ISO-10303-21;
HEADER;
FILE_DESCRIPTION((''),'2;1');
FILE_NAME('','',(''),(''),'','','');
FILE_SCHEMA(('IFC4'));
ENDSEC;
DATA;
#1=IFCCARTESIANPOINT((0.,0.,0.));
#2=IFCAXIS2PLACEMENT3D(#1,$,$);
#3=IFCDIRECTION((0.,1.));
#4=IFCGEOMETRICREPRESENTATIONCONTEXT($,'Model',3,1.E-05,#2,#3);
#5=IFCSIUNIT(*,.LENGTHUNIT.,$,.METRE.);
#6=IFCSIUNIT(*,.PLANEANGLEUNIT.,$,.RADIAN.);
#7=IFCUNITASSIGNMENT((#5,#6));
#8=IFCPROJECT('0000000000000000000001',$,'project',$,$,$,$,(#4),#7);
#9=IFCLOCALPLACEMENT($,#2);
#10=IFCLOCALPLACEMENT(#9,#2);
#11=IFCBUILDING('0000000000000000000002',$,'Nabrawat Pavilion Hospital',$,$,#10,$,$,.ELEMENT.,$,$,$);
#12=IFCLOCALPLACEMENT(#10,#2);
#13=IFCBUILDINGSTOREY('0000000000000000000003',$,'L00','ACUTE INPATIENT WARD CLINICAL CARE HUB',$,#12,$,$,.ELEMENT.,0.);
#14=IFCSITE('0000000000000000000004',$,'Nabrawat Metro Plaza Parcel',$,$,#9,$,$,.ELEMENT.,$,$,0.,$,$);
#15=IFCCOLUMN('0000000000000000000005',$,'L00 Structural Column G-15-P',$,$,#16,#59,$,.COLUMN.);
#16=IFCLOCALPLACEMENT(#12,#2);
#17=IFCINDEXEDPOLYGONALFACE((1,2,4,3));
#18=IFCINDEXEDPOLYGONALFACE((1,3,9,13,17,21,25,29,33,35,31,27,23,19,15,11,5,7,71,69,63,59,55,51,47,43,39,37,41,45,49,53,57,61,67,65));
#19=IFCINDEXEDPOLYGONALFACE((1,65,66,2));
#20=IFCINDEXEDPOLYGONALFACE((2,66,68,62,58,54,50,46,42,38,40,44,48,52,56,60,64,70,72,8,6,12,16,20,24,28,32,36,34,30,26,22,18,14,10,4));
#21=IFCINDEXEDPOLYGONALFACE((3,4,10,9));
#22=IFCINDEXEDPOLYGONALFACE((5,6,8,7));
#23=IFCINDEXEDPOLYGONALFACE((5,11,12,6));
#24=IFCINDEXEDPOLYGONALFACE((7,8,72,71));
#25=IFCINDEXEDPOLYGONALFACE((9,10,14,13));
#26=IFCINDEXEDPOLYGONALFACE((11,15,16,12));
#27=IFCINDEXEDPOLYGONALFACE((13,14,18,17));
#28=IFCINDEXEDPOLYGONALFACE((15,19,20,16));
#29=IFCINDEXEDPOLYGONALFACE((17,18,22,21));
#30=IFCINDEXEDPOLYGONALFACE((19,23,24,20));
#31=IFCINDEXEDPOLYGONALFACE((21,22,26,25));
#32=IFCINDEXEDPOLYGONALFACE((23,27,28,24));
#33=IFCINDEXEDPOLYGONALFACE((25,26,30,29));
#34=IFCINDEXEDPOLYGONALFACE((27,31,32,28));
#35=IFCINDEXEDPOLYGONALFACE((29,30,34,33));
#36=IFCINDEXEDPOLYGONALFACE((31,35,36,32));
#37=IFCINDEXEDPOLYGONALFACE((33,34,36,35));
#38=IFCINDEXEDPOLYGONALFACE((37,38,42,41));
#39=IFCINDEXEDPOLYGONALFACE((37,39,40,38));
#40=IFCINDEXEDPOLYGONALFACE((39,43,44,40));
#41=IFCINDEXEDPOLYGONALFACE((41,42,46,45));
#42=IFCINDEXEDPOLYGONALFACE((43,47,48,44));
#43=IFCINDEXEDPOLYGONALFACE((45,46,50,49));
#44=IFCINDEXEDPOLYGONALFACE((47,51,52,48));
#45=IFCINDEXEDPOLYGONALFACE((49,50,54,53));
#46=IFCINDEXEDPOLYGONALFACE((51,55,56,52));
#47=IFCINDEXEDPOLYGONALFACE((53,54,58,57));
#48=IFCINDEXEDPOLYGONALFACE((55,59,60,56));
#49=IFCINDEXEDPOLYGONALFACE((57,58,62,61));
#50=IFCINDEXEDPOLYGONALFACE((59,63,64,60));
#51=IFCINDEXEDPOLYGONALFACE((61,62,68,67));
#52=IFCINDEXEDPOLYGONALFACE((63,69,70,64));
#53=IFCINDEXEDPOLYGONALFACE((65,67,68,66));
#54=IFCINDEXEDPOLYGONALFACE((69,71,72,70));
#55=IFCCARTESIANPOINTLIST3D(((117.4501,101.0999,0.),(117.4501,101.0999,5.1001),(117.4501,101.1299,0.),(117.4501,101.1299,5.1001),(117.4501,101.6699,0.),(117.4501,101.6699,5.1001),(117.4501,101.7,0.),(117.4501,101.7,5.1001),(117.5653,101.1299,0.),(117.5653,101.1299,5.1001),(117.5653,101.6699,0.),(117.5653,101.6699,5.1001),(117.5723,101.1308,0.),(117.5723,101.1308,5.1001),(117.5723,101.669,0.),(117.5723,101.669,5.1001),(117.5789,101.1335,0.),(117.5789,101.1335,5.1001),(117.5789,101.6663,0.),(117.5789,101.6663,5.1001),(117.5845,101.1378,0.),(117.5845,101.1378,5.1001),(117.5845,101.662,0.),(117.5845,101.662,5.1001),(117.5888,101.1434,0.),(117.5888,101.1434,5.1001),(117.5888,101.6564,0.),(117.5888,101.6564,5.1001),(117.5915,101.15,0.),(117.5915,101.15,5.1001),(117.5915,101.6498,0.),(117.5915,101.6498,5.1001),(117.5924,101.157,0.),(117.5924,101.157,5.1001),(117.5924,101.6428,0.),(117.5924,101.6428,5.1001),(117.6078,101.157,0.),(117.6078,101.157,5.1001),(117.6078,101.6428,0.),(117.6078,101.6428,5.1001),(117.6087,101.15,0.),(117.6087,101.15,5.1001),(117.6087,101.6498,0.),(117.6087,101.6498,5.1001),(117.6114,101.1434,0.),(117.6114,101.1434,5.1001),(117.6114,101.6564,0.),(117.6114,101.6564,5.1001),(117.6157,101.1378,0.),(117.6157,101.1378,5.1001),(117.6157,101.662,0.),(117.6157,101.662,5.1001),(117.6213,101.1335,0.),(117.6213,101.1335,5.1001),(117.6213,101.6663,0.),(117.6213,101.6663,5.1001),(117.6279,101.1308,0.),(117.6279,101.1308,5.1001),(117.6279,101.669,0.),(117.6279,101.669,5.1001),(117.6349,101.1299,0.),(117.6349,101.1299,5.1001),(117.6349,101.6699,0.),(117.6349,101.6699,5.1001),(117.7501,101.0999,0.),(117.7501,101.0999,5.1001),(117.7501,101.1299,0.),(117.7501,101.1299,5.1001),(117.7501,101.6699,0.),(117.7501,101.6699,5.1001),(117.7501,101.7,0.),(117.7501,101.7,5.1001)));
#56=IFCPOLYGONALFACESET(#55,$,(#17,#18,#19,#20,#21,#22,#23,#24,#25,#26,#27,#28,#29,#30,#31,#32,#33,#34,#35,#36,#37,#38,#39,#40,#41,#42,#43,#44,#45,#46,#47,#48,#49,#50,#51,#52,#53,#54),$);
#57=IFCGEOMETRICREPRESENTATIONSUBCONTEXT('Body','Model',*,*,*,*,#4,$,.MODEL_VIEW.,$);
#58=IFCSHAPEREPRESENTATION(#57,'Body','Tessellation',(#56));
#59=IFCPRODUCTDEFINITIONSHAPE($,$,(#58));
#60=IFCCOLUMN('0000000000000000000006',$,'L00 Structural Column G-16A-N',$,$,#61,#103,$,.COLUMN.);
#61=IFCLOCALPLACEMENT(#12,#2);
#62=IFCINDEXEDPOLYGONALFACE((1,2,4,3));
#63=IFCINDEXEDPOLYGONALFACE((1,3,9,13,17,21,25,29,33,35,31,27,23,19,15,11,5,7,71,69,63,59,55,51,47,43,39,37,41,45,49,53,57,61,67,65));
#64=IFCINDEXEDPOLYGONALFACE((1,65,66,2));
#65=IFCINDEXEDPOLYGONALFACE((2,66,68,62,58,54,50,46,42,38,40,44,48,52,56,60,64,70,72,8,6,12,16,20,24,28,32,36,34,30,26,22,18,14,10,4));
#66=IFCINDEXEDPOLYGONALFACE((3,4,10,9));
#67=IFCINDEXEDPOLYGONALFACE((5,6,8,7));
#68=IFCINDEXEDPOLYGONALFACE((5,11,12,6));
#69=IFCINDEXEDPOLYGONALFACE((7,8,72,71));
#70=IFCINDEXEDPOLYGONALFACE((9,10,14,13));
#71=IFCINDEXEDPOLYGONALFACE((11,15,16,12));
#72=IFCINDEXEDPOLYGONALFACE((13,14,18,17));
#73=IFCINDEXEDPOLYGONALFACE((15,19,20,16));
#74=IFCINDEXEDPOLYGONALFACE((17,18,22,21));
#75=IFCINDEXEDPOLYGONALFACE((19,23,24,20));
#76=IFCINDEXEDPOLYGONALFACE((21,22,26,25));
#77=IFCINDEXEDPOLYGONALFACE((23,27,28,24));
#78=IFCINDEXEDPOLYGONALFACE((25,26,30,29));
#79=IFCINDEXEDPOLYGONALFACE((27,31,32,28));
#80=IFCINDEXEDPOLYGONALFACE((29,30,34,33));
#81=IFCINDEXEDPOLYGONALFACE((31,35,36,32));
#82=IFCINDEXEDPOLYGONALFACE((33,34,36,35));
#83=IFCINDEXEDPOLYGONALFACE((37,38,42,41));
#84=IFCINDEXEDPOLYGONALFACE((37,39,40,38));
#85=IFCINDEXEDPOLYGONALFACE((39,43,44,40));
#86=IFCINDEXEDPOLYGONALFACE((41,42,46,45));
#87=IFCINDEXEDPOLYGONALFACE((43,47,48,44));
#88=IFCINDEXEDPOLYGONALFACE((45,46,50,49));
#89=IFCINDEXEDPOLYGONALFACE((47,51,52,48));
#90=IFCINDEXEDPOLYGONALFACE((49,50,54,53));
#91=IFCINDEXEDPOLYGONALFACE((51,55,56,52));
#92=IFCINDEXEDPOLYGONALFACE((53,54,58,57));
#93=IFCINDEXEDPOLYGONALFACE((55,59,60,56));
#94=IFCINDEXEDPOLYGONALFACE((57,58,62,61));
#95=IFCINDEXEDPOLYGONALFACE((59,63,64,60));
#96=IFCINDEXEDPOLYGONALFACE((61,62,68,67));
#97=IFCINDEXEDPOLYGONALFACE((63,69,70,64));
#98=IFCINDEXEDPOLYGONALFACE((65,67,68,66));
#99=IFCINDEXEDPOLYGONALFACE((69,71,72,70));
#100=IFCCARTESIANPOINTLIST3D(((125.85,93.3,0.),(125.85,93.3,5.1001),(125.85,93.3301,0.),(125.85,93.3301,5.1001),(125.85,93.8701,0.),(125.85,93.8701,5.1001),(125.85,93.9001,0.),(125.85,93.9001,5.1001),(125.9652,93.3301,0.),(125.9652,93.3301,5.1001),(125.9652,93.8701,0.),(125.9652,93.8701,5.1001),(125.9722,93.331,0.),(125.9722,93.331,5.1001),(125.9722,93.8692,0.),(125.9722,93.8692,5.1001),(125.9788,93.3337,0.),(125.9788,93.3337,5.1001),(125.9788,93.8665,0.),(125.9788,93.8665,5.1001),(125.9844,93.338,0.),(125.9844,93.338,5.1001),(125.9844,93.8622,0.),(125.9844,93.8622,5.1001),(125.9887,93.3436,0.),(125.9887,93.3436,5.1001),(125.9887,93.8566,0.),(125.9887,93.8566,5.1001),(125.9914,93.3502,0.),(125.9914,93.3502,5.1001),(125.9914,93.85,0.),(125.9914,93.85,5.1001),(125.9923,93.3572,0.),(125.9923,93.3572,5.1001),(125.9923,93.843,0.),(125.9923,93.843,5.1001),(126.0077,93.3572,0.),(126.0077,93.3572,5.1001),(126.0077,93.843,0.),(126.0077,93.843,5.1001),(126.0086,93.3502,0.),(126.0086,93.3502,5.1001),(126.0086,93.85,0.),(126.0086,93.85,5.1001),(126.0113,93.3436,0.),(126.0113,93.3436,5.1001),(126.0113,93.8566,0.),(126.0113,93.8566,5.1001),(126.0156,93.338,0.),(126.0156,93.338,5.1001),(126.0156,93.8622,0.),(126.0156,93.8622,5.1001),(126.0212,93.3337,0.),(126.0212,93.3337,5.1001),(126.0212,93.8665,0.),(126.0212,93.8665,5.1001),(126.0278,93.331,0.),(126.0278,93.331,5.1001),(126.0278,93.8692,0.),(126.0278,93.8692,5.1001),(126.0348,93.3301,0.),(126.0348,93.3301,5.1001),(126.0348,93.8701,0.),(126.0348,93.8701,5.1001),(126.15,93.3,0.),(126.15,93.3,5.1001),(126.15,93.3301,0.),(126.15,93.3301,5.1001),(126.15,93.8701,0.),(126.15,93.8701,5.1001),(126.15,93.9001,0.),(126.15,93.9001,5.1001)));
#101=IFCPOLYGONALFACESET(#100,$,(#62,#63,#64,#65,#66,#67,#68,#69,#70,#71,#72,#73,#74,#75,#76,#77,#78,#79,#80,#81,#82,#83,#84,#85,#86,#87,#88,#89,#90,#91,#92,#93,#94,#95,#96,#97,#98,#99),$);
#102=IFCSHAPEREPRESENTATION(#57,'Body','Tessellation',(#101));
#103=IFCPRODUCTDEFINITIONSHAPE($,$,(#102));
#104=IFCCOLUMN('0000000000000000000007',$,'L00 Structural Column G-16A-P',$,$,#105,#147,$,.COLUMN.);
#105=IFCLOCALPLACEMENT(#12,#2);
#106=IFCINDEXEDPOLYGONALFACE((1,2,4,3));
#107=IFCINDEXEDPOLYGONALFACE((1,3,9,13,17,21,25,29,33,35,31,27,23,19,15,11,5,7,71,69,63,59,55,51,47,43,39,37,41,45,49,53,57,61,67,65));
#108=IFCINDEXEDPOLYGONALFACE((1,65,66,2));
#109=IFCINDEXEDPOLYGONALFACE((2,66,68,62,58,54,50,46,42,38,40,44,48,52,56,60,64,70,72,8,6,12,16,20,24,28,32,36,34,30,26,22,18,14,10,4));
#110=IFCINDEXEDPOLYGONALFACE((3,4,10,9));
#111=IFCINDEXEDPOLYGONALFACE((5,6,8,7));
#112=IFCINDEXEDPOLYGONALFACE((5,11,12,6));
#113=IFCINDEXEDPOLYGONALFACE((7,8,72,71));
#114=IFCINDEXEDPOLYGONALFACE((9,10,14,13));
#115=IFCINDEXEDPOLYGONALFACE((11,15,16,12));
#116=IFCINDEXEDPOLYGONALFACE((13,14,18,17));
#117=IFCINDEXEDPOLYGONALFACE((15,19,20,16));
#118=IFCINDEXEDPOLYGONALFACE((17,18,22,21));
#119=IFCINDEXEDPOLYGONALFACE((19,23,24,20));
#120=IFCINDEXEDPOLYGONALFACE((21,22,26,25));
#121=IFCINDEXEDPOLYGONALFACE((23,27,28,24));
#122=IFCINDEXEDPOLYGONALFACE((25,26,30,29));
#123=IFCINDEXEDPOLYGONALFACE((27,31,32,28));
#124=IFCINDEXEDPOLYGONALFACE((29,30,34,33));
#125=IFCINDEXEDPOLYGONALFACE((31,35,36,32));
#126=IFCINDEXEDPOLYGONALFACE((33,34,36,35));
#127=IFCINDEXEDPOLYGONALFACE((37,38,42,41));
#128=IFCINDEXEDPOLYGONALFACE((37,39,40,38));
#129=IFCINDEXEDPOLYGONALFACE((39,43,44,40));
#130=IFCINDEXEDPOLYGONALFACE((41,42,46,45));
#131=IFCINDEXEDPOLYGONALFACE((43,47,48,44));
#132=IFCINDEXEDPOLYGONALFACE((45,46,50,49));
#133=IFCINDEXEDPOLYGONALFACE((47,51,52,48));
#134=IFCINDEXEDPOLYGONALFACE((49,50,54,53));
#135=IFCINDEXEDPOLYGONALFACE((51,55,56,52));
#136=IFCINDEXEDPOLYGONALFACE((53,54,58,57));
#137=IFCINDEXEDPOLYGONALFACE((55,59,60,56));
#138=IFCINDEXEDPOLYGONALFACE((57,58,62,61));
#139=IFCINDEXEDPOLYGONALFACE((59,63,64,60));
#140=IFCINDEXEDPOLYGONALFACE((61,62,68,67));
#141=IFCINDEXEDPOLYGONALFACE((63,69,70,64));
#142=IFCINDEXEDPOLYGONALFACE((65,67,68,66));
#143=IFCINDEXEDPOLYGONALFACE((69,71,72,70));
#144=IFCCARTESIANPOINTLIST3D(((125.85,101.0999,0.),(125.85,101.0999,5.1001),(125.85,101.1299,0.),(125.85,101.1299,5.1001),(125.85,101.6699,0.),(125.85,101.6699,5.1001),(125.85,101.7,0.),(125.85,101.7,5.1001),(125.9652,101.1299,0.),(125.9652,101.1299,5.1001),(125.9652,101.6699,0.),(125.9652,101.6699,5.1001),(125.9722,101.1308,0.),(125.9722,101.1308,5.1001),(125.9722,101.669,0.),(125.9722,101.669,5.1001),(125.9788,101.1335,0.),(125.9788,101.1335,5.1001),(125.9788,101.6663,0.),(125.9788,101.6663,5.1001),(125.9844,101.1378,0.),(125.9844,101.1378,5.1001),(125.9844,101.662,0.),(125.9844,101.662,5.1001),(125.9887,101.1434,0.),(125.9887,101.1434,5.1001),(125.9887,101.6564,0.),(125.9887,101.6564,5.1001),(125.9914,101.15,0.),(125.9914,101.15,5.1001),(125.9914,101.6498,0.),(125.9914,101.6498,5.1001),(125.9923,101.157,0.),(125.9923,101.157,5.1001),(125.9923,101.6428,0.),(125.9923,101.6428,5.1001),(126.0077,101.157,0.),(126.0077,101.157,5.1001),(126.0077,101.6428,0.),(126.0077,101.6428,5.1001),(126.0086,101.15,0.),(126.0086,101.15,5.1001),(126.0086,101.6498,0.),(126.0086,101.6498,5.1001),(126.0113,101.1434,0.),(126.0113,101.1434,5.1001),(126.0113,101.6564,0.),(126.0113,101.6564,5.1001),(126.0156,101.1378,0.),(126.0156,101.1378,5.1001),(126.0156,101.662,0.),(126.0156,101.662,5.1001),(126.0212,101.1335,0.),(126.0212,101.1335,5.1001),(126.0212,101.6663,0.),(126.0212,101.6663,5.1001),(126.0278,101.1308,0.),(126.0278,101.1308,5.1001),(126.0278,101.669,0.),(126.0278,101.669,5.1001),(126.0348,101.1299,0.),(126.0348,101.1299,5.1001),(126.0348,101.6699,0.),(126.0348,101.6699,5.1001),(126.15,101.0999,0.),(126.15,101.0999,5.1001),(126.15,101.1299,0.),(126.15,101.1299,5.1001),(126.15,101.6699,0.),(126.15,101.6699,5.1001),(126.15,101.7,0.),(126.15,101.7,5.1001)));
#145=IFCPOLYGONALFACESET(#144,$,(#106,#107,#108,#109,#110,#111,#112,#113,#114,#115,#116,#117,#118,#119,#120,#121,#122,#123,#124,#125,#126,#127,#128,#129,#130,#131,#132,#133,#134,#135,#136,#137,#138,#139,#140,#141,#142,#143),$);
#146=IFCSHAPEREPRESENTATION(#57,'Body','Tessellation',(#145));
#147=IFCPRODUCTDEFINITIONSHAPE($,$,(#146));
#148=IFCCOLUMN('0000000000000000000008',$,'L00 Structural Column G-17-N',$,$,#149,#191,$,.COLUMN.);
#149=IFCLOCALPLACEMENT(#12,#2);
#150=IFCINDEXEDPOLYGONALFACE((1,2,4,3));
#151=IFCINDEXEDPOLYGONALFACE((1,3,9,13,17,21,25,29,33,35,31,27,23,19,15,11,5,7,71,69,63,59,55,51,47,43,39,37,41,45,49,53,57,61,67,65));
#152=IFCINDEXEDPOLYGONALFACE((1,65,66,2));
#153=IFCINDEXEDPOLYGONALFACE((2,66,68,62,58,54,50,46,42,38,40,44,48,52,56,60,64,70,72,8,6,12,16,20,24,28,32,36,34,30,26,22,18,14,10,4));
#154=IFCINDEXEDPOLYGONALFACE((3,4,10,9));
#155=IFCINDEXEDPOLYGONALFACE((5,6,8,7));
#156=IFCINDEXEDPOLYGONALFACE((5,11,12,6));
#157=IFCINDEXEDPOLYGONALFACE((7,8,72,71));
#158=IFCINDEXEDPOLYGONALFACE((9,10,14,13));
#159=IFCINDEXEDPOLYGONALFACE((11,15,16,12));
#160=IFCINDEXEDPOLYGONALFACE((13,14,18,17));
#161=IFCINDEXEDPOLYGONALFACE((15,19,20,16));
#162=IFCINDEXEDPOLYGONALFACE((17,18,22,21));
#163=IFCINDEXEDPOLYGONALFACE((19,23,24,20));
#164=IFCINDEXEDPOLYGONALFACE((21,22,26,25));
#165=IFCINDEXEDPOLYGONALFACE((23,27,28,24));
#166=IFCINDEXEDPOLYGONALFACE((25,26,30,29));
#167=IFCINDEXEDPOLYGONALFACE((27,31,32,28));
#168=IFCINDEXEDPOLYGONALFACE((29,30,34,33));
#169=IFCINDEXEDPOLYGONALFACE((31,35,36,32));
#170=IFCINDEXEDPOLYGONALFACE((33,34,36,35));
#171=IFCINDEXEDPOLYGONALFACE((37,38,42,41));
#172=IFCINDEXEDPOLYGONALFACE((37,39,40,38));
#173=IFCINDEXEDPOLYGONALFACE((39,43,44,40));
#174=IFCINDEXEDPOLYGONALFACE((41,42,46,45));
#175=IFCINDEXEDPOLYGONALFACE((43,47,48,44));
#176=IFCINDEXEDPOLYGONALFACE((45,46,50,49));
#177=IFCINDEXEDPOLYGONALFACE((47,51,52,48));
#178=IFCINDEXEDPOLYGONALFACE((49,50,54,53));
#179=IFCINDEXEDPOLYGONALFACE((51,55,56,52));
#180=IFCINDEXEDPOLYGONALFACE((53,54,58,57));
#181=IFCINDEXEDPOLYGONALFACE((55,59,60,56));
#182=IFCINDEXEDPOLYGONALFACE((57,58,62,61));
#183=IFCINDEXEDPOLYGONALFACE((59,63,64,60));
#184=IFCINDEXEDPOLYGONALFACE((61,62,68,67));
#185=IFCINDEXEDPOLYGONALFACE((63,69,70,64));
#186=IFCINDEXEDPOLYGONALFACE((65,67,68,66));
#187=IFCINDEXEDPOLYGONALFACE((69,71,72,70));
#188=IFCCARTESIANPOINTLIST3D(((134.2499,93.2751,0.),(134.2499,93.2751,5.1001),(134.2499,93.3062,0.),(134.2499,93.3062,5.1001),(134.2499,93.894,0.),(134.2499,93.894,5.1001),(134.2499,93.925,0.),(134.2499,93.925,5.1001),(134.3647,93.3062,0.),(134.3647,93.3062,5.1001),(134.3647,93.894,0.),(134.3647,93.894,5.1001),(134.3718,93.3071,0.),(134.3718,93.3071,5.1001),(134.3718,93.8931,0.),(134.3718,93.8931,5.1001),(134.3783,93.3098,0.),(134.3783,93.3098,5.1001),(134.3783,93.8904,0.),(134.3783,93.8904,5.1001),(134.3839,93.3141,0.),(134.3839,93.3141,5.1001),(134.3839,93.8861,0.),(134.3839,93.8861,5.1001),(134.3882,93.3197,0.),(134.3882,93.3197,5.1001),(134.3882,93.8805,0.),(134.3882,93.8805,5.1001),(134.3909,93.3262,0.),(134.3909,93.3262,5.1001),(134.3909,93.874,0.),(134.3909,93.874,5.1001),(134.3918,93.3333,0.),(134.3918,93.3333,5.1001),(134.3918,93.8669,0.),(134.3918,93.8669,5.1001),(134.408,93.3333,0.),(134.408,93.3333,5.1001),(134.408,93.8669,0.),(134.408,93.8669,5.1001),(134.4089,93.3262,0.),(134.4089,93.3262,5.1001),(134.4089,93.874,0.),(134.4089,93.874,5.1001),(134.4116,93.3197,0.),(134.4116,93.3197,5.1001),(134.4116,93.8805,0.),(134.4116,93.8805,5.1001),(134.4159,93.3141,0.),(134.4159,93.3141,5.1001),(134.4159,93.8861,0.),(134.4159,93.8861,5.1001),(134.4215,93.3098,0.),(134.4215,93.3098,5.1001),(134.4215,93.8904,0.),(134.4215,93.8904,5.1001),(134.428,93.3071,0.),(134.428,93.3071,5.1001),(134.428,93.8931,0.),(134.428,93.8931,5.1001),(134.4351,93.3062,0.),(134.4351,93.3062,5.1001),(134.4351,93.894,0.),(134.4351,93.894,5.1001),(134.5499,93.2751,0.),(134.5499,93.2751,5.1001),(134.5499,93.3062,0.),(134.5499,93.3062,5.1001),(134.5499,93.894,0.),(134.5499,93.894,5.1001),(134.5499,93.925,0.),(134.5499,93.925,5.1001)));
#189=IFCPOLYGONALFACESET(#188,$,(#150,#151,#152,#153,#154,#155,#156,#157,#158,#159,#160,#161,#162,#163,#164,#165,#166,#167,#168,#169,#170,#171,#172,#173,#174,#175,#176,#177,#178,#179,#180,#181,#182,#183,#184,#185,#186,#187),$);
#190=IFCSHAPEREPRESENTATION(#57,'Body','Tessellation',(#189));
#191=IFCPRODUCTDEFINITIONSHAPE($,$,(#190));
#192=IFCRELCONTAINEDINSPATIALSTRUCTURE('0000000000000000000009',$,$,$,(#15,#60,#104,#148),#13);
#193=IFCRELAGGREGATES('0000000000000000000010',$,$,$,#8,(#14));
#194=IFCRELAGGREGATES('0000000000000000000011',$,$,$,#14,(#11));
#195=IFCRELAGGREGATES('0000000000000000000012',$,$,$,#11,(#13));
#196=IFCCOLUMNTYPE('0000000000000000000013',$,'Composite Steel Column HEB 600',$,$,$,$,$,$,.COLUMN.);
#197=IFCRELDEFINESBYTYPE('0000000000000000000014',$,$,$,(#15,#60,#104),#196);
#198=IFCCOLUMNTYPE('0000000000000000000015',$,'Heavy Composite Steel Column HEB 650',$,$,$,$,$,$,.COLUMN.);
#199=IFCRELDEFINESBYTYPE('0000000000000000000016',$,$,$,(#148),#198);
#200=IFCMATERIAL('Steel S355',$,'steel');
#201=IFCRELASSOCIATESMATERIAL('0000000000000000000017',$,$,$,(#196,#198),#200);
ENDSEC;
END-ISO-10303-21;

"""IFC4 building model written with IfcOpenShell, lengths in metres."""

from ifc_helpers import new_model, si_unit, direction, frame, origin, origin_2d, place, context, subcontext, project, spatial, i_section, extrude, material, material_profile, profile_set, type_object, element, save


model = new_model("IFC4")

# Units and contexts
model_context = context("Model", 3, precision=1e-05, world=origin(), true_north=direction((0.0, 1.0)))
body_context = subcontext(model_context, "Body", "Model", "MODEL_VIEW")
ifc_project = project(units=[si_unit("LENGTHUNIT", "METRE"), si_unit("PLANEANGLEUNIT", "RADIAN")], contexts=[model_context])

# Site, building, storey
site_placement = place(None, origin())
site = spatial("IfcSite", under=ifc_project, at=site_placement, Name="Nabrawat Metro Plaza Parcel", CompositionType="ELEMENT", RefElevation=0.0)
building_placement = place(site_placement, origin())
building = spatial("IfcBuilding", under=site, at=building_placement, Name="Nabrawat Pavilion Hospital", CompositionType="ELEMENT")
storey_placement = place(building_placement, origin())
storey = spatial("IfcBuildingStorey", under=building, at=storey_placement, Name="L00", Description="ACUTE INPATIENT WARD CLINICAL CARE HUB", CompositionType="ELEMENT", Elevation=0.0)

# Columns
ifc_material_1 = material(Name="Steel S355", Category="steel")
ifc_material_profile_1 = material_profile(ifc_material_1, i_section(OverallWidth=0.3, OverallDepth=0.6001, WebThickness=0.0154, FlangeThickness=0.03, FilletRadius=0.0271, at=origin_2d()), Name="HEB 600")
ifc_profile_set_1 = profile_set([ifc_material_profile_1], Name="Steel S355")
column_type_1 = type_object("IfcColumnType", Name="Composite Steel Column HEB 600", PredefinedType="COLUMN", material=ifc_profile_set_1)
for number, where, z_axis, x_axis, name in (
    (1, (117.6001, 101.3999, 0.0), (0.0, 0.0, 1.0), (1.0, 0.0, 0.0), "L00 Structural Column G-15-P"),
    (2, (126.0, 93.6001, 0.0), (0.0, 0.0, 1.0), (1.0, 0.0, 0.0), "L00 Structural Column G-16A-N"),
    (3, (126.0, 101.3999, 0.0), (0.0, 0.0, 1.0), (1.0, 0.0, 0.0), "L00 Structural Column G-16A-P"),
):
    element("IfcColumn", number, at=place(storey_placement, frame(where, z_axis=z_axis, x_axis=x_axis)), inside=storey, type_object=column_type_1, Name=name, PredefinedType="COLUMN", context=body_context, shape_type="SweptSolid", body=[
        extrude(i_section(OverallWidth=0.3, OverallDepth=0.6001, WebThickness=0.0154, FlangeThickness=0.03, FilletRadius=0.0271, at=origin_2d()), origin(), (0.0, 0.0, 1.0), 5.1001),
    ])
ifc_material_profile_2 = material_profile(ifc_material_1, i_section(OverallWidth=0.3, OverallDepth=0.6499, WebThickness=0.0161, FlangeThickness=0.031, FilletRadius=0.0271, at=origin_2d()), Name="HEB 650")
ifc_profile_set_2 = profile_set([ifc_material_profile_2], Name="Steel S355")
column_type_2 = type_object("IfcColumnType", Name="Heavy Composite Steel Column HEB 650", PredefinedType="COLUMN", material=ifc_profile_set_2)
for number, where, z_axis, x_axis, name in (
    (4, (134.3999, 93.6001, 0.0), (0.0, 0.0, 1.0), (1.0, 0.0, 0.0), "L00 Structural Column G-17-N"),
):
    element("IfcColumn", number, at=place(storey_placement, frame(where, z_axis=z_axis, x_axis=x_axis)), inside=storey, type_object=column_type_2, Name=name, PredefinedType="COLUMN", context=body_context, shape_type="SweptSolid", body=[
        extrude(i_section(OverallWidth=0.3, OverallDepth=0.6499, WebThickness=0.0161, FlangeThickness=0.031, FilletRadius=0.0271, at=origin_2d()), origin(), (0.0, 0.0, 1.0), 5.1001),
    ])

save(model, "model.ifc")
